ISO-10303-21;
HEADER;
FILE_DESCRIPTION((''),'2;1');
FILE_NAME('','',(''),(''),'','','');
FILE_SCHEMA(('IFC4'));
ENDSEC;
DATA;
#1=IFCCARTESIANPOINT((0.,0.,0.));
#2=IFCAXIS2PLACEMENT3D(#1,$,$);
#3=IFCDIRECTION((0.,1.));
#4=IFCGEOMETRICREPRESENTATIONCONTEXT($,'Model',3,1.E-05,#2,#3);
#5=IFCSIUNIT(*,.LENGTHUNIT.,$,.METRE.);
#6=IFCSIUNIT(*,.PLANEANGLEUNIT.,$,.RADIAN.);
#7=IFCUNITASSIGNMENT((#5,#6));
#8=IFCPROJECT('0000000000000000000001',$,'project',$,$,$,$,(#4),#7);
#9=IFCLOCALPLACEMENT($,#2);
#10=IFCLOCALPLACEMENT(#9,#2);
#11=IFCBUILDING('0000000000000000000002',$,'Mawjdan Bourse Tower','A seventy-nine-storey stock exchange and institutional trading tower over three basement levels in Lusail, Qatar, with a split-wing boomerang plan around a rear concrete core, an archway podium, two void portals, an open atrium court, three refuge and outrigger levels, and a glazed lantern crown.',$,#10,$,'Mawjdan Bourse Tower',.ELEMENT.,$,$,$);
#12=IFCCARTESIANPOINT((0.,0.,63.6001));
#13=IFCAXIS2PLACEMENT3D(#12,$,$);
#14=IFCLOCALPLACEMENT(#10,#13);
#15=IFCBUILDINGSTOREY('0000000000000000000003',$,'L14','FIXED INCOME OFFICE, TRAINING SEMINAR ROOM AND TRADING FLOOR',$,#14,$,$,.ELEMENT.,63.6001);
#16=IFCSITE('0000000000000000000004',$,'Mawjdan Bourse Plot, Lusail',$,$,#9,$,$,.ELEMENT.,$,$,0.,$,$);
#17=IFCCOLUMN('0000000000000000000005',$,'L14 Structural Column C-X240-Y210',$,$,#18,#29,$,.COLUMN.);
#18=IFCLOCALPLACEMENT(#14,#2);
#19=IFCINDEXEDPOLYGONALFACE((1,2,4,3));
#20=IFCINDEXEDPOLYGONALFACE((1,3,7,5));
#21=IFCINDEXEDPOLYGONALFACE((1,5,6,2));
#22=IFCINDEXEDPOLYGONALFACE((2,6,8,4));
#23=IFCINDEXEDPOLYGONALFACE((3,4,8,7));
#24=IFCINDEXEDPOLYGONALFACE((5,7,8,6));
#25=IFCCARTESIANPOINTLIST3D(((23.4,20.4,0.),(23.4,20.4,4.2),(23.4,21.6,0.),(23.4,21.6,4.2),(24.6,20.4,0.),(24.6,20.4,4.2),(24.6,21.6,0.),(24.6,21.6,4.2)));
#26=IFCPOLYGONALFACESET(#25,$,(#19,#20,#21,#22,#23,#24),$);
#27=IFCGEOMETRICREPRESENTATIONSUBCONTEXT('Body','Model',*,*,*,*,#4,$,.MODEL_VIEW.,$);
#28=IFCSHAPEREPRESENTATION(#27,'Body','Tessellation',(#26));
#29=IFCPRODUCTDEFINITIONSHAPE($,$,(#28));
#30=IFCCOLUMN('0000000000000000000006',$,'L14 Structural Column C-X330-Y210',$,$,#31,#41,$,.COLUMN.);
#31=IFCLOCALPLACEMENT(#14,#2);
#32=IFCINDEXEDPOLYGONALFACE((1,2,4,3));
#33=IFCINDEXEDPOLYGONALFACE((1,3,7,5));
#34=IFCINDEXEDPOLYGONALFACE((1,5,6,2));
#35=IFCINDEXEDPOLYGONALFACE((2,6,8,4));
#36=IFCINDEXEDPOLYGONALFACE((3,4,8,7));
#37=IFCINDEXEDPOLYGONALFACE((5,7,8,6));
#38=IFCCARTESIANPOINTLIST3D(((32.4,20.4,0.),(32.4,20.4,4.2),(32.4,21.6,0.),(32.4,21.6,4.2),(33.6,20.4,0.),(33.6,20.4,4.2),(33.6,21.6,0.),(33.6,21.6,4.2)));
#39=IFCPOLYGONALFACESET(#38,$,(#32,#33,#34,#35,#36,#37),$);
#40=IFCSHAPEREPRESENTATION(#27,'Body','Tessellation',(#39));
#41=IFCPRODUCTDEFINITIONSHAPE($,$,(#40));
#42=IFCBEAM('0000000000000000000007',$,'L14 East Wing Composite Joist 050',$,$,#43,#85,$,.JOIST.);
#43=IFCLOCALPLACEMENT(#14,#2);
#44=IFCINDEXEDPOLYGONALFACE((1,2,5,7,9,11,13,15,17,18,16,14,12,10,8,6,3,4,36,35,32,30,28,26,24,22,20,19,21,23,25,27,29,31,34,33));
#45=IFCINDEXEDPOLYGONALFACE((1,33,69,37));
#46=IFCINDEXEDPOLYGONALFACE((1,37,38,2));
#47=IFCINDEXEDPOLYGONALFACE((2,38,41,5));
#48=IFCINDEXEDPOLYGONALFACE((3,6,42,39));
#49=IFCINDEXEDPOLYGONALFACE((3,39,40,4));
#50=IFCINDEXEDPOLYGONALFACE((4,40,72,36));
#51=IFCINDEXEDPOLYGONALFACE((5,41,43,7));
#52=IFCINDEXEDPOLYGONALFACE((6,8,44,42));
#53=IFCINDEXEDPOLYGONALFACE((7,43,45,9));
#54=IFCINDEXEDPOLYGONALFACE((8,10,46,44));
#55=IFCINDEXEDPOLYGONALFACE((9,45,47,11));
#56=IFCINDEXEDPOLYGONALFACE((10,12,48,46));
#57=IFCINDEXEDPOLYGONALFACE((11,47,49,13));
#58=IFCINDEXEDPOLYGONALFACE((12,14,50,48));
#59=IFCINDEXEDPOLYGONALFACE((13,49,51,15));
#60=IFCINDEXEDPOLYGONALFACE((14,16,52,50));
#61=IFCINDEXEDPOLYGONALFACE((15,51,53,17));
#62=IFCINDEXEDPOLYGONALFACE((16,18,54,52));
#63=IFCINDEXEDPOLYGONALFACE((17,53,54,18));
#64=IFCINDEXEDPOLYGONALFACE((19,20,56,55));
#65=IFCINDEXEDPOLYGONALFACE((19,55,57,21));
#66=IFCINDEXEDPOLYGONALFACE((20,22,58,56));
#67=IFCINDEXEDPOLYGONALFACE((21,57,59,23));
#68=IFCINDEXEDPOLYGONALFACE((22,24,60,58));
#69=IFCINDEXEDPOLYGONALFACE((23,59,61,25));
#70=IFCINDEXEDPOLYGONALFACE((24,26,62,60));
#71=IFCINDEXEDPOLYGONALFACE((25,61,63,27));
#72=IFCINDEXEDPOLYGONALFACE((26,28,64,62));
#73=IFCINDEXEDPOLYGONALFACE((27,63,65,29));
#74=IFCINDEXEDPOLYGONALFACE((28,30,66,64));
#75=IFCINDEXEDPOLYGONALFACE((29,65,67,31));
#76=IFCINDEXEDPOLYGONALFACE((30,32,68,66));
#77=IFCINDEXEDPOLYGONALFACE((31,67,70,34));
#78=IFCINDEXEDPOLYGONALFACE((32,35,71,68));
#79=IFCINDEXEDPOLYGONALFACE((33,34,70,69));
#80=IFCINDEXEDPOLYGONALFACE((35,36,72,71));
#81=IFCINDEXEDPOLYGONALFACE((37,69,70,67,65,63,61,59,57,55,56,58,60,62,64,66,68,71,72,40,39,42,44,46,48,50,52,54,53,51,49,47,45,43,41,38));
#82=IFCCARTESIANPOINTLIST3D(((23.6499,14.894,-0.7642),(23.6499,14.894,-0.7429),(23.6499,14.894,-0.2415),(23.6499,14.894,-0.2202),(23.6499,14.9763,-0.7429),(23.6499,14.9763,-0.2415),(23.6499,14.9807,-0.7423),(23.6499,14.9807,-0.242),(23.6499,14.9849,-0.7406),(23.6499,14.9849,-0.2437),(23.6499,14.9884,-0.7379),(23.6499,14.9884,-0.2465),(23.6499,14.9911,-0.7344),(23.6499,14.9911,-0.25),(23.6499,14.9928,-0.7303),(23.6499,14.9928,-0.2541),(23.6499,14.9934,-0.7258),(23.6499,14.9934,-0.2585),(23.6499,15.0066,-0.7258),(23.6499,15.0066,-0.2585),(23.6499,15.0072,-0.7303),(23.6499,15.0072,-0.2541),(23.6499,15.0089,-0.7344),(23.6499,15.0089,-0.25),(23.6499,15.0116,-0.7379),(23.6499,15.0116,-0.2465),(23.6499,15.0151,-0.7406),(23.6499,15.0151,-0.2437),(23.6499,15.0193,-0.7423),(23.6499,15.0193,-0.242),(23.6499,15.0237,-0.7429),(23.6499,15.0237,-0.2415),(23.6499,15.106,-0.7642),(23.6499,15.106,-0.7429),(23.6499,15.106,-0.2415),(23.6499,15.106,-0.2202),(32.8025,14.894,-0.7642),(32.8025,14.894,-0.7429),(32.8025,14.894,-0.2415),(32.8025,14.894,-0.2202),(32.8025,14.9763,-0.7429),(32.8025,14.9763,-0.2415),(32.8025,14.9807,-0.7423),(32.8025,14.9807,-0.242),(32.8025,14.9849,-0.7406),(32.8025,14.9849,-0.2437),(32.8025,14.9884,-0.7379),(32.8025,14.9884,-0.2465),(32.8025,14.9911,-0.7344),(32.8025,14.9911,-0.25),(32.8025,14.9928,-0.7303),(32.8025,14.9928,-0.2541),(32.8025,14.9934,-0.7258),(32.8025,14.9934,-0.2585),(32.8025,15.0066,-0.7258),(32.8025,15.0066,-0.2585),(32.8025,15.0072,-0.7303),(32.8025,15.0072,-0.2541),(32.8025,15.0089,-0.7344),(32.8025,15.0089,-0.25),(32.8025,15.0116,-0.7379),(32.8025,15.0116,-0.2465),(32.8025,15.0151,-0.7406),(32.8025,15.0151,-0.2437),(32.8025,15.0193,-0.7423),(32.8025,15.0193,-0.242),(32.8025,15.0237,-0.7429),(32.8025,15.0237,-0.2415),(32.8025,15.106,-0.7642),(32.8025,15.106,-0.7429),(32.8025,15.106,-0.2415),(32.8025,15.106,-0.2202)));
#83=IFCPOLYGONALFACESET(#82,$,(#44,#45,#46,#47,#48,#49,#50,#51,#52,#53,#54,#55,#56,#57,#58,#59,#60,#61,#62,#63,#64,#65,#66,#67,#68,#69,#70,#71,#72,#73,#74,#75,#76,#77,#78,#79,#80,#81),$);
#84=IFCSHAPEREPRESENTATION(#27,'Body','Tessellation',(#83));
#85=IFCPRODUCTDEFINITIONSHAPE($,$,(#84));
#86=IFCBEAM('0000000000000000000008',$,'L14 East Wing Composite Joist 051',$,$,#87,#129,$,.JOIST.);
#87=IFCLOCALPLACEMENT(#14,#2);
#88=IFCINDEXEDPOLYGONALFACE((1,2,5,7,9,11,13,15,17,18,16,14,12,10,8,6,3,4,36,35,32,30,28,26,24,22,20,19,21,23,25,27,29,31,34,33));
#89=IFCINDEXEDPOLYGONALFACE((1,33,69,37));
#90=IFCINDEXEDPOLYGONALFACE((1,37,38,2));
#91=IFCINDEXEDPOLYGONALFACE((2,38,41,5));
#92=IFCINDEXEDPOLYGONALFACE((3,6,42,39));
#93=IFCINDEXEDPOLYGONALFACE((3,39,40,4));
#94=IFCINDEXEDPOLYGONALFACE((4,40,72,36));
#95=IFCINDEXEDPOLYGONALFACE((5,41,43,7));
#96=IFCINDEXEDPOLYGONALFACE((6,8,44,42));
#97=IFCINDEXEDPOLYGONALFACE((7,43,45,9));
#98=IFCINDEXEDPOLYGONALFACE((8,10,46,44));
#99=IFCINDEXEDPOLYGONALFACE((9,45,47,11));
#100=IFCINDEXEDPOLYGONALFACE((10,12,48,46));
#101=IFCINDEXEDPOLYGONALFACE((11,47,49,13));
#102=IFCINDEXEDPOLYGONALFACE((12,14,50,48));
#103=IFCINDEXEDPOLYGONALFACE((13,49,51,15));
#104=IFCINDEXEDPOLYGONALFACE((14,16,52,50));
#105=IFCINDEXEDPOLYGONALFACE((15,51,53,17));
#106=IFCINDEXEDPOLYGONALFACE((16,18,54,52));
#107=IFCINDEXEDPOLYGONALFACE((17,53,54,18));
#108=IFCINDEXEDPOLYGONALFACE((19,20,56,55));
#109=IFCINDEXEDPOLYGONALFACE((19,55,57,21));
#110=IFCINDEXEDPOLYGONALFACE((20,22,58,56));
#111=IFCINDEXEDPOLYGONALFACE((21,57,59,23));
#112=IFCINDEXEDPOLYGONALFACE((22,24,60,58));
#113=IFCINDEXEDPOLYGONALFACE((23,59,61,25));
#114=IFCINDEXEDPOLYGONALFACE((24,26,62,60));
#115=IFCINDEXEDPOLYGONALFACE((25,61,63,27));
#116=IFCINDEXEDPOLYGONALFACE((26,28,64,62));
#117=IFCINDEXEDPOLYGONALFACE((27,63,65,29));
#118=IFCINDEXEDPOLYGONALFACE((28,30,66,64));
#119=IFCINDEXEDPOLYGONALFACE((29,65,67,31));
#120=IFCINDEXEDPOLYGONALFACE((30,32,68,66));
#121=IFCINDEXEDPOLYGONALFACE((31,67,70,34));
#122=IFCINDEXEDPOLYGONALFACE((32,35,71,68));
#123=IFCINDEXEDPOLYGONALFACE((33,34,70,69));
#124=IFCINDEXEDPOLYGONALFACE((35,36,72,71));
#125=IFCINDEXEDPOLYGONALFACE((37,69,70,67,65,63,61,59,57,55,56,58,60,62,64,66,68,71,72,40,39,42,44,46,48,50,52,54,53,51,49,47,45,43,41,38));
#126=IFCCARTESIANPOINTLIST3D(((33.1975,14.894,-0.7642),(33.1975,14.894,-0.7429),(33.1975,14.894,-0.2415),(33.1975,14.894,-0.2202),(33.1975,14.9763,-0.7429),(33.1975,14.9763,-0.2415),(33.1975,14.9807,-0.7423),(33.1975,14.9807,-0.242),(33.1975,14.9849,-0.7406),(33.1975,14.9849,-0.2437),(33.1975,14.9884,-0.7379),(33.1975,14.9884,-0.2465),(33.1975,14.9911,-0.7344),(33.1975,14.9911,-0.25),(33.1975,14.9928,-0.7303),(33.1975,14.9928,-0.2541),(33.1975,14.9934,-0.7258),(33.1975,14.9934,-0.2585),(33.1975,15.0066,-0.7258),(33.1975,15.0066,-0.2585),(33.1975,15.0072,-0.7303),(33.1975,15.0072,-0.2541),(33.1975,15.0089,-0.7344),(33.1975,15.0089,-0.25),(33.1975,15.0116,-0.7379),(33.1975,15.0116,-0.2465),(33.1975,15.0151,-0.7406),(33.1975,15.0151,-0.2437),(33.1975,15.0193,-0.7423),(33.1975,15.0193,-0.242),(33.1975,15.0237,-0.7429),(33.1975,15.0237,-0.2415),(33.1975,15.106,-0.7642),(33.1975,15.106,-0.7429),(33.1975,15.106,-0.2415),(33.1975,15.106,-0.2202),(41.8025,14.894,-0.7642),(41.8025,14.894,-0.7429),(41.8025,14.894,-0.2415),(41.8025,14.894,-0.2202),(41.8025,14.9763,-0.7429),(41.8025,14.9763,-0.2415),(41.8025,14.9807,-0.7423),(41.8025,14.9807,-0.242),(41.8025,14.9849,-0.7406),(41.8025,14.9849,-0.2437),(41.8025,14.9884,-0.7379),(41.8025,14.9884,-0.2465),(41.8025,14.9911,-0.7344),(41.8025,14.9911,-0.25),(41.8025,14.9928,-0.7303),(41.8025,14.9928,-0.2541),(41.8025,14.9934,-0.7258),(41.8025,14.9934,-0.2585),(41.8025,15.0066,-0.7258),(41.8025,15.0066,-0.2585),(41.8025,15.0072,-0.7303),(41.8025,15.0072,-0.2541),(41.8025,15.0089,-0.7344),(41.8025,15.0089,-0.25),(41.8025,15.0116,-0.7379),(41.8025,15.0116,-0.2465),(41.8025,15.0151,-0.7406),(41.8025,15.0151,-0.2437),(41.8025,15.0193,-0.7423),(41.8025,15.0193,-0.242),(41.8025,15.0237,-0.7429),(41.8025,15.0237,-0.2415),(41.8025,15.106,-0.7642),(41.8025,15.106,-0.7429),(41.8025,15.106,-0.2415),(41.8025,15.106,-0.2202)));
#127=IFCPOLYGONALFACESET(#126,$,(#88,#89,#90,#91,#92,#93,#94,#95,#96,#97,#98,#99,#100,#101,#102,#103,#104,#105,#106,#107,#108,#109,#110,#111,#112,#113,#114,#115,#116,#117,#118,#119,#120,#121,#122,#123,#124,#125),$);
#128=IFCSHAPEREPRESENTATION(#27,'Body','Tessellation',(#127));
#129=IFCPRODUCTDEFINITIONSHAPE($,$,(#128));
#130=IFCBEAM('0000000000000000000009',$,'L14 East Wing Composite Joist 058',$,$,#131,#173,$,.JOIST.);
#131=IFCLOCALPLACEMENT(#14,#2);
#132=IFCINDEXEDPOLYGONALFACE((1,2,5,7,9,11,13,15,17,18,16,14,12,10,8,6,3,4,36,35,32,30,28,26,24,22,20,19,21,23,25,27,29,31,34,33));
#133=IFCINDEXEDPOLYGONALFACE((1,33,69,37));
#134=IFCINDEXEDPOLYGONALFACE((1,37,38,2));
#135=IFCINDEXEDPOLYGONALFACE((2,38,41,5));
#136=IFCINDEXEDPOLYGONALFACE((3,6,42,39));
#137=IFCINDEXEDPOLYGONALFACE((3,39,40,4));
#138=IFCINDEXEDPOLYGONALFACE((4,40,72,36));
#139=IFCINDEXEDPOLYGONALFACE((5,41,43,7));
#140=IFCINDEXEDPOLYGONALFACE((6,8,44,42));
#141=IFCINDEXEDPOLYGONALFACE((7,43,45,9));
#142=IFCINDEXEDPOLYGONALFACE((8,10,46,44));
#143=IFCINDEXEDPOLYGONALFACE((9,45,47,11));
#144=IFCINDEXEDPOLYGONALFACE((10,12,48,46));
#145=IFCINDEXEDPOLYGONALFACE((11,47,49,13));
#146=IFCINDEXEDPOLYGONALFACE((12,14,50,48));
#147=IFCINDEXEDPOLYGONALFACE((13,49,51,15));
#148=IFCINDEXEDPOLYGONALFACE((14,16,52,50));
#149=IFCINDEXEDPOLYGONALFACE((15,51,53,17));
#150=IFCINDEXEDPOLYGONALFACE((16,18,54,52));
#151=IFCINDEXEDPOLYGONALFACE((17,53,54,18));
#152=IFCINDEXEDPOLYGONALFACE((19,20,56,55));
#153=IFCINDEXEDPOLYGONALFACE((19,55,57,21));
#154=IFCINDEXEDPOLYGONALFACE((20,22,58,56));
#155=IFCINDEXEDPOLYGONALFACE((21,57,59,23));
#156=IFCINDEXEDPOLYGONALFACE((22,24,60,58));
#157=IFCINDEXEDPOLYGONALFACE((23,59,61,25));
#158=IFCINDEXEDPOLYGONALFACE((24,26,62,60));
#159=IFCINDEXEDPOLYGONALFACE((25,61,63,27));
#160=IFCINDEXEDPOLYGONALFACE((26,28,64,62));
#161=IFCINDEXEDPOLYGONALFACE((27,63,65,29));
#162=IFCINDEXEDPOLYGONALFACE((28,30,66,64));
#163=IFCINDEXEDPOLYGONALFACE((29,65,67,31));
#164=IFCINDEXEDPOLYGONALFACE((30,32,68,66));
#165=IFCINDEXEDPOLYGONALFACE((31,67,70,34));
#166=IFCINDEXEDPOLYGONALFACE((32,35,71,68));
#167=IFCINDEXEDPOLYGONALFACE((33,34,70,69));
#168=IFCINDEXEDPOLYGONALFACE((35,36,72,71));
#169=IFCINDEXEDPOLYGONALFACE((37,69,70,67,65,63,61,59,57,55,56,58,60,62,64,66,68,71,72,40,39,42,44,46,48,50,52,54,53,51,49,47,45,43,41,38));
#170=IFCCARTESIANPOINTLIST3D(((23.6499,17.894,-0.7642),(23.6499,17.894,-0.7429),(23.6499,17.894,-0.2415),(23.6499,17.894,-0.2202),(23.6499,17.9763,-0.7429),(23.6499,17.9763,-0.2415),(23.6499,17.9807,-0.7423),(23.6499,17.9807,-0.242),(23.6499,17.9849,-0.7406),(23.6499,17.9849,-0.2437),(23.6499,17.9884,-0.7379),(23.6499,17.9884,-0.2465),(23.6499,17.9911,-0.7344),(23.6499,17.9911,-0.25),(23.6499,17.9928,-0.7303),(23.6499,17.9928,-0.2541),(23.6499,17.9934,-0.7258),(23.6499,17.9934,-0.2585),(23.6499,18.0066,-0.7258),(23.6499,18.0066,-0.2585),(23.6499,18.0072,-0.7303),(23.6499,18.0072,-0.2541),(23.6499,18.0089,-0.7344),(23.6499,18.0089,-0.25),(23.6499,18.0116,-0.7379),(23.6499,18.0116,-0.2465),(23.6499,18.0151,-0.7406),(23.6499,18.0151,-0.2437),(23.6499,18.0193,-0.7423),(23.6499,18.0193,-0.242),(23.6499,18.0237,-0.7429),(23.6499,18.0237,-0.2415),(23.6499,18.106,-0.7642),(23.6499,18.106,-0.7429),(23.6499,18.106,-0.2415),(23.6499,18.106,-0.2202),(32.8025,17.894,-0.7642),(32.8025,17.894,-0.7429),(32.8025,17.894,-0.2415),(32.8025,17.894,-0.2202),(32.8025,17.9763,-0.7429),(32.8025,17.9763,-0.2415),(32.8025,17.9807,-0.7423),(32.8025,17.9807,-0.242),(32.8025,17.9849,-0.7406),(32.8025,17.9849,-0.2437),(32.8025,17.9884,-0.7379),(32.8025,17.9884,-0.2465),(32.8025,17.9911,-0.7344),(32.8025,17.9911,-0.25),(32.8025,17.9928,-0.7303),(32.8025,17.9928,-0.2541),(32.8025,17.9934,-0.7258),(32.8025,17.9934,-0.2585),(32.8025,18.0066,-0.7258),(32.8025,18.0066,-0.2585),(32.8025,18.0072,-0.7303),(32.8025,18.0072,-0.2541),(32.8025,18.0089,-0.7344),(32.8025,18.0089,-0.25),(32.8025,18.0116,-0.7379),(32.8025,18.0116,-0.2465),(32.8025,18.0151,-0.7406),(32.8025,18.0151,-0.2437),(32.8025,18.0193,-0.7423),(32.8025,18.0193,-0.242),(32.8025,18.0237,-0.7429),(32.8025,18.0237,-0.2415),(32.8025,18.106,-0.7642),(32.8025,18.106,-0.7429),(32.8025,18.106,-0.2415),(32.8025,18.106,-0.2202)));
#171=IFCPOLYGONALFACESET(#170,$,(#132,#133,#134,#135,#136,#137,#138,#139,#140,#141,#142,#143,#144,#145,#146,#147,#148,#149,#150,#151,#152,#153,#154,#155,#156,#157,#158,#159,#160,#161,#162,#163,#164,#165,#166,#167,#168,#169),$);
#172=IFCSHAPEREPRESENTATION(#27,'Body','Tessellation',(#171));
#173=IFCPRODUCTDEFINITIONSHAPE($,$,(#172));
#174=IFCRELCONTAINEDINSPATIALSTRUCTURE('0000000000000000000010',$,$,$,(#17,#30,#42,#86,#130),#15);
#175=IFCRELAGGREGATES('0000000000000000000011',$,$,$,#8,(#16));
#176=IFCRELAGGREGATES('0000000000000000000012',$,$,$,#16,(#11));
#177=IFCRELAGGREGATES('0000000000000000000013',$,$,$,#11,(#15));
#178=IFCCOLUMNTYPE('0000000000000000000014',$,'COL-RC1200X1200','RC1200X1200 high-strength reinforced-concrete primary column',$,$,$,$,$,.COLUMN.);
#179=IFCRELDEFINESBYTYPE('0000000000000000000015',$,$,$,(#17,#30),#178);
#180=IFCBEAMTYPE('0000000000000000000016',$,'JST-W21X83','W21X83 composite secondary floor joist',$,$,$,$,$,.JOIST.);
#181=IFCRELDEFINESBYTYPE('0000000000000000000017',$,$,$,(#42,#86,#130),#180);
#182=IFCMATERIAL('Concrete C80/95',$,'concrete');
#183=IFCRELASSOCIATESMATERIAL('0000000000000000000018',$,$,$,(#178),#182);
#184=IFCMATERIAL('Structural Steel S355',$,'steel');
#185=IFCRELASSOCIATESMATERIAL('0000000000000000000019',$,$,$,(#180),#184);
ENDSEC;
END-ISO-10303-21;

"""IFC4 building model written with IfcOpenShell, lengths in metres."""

from ifc_helpers import new_model, si_unit, direction, frame, origin, origin_2d, place, context, subcontext, project, spatial, rectangle, i_section, extrude, material, material_profile, profile_set, type_object, element, save


model = new_model("IFC4")

# Units and contexts
model_context = context("Model", 3, precision=1e-05, world=origin(), true_north=direction((0.0, 1.0)))
body_context = subcontext(model_context, "Body", "Model", "MODEL_VIEW")
ifc_project = project(units=[si_unit("LENGTHUNIT", "METRE"), si_unit("PLANEANGLEUNIT", "RADIAN")], contexts=[model_context])

# Site, building, storey
site_placement = place(None, origin())
site = spatial("IfcSite", under=ifc_project, at=site_placement, Name="Mawjdan Bourse Plot, Lusail", CompositionType="ELEMENT", RefElevation=0.0)
building_placement = place(site_placement, origin())
building = spatial("IfcBuilding", under=site, at=building_placement, Name="Mawjdan Bourse Tower", Description="A seventy-nine-storey stock exchange and institutional trading tower over three basement levels in Lusail, Qatar, with a split-wing boomerang plan around a rear concrete core, an archway podium, two void portals, an open atrium court, three refuge and outrigger levels, and a glazed lantern crown.", LongName="Mawjdan Bourse Tower", CompositionType="ELEMENT")
storey_placement = place(building_placement, frame((0.0, 0.0, 63.6001)))
storey = spatial("IfcBuildingStorey", under=building, at=storey_placement, Name="L14", Description="FIXED INCOME OFFICE, TRAINING SEMINAR ROOM AND TRADING FLOOR", CompositionType="ELEMENT", Elevation=63.6001)

# Columns
ifc_material_1 = material(Name="Concrete C80/95", Category="concrete")
ifc_material_profile_1 = material_profile(ifc_material_1, rectangle(XDim=1.2, YDim=1.2, at=origin_2d()), Name="RC1200X1200")
ifc_profile_set_1 = profile_set([ifc_material_profile_1], Name="Concrete C80/95")
column_type = type_object("IfcColumnType", Name="COL-RC1200X1200", Description="RC1200X1200 high-strength reinforced-concrete primary column", PredefinedType="COLUMN", material=ifc_profile_set_1)
for number, where, z_axis, x_axis, name in (
    (1, (24.0, 21.0, 0.0), (0.0, 0.0, 1.0), (1.0, 0.0, 0.0), "L14 Structural Column C-X240-Y210"),
    (2, (33.0, 21.0, 0.0), (0.0, 0.0, 1.0), (1.0, 0.0, 0.0), "L14 Structural Column C-X330-Y210"),
):
    element("IfcColumn", number, at=place(storey_placement, frame(where, z_axis=z_axis, x_axis=x_axis)), inside=storey, type_object=column_type, Name=name, PredefinedType="COLUMN", context=body_context, shape_type="SweptSolid", body=[
        extrude(rectangle(XDim=1.2, YDim=1.2, at=origin_2d()), origin(), (0.0, 0.0, 1.0), 4.2),
    ])

# Beams
ifc_material_2 = material(Name="Structural Steel S355", Category="steel")
ifc_material_profile_2 = material_profile(ifc_material_2, i_section(OverallWidth=0.2119, OverallDepth=0.5439, WebThickness=0.0132, FlangeThickness=0.0212, FilletRadius=0.0171, at=origin_2d()), Name="W21X83")
ifc_profile_set_2 = profile_set([ifc_material_profile_2], Name="Structural Steel S355")
beam_type_1 = type_object("IfcBeamType", Name="JST-W21X83", Description="W21X83 composite secondary floor joist", PredefinedType="JOIST", material=ifc_profile_set_2)
beam_1_placement = place(storey_placement, frame((23.6499, 15.0, -0.4922), z_axis=(1.0, 0.0, 0.0), x_axis=(0.0, 1.0, 0.0)))
element("IfcBeam", 3, at=beam_1_placement, inside=storey, type_object=beam_type_1, Name="L14 East Wing Composite Joist 050", PredefinedType="JOIST", context=body_context, shape_type="SweptSolid", body=[
    extrude(i_section(OverallWidth=0.2119, OverallDepth=0.5439, WebThickness=0.0132, FlangeThickness=0.0212, FilletRadius=0.0171, at=origin_2d()), origin(), (0.0, 0.0, 1.0), 9.1526),
])
beam_2_placement = place(storey_placement, frame((33.1975, 15.0, -0.4922), z_axis=(1.0, 0.0, 0.0), x_axis=(0.0, 1.0, 0.0)))
element("IfcBeam", 4, at=beam_2_placement, inside=storey, type_object=beam_type_1, Name="L14 East Wing Composite Joist 051", PredefinedType="JOIST", context=body_context, shape_type="SweptSolid", body=[
    extrude(i_section(OverallWidth=0.2119, OverallDepth=0.5439, WebThickness=0.0132, FlangeThickness=0.0212, FilletRadius=0.0171, at=origin_2d()), origin(), (0.0, 0.0, 1.0), 8.605),
])
beam_3_placement = place(storey_placement, frame((23.6499, 18.0, -0.4922), z_axis=(1.0, 0.0, 0.0), x_axis=(0.0, 1.0, 0.0)))
element("IfcBeam", 5, at=beam_3_placement, inside=storey, type_object=beam_type_1, Name="L14 East Wing Composite Joist 058", PredefinedType="JOIST", context=body_context, shape_type="SweptSolid", body=[
    extrude(i_section(OverallWidth=0.2119, OverallDepth=0.5439, WebThickness=0.0132, FlangeThickness=0.0212, FilletRadius=0.0171, at=origin_2d()), origin(), (0.0, 0.0, 1.0), 9.1526),
])

save(model, "model.ifc")
